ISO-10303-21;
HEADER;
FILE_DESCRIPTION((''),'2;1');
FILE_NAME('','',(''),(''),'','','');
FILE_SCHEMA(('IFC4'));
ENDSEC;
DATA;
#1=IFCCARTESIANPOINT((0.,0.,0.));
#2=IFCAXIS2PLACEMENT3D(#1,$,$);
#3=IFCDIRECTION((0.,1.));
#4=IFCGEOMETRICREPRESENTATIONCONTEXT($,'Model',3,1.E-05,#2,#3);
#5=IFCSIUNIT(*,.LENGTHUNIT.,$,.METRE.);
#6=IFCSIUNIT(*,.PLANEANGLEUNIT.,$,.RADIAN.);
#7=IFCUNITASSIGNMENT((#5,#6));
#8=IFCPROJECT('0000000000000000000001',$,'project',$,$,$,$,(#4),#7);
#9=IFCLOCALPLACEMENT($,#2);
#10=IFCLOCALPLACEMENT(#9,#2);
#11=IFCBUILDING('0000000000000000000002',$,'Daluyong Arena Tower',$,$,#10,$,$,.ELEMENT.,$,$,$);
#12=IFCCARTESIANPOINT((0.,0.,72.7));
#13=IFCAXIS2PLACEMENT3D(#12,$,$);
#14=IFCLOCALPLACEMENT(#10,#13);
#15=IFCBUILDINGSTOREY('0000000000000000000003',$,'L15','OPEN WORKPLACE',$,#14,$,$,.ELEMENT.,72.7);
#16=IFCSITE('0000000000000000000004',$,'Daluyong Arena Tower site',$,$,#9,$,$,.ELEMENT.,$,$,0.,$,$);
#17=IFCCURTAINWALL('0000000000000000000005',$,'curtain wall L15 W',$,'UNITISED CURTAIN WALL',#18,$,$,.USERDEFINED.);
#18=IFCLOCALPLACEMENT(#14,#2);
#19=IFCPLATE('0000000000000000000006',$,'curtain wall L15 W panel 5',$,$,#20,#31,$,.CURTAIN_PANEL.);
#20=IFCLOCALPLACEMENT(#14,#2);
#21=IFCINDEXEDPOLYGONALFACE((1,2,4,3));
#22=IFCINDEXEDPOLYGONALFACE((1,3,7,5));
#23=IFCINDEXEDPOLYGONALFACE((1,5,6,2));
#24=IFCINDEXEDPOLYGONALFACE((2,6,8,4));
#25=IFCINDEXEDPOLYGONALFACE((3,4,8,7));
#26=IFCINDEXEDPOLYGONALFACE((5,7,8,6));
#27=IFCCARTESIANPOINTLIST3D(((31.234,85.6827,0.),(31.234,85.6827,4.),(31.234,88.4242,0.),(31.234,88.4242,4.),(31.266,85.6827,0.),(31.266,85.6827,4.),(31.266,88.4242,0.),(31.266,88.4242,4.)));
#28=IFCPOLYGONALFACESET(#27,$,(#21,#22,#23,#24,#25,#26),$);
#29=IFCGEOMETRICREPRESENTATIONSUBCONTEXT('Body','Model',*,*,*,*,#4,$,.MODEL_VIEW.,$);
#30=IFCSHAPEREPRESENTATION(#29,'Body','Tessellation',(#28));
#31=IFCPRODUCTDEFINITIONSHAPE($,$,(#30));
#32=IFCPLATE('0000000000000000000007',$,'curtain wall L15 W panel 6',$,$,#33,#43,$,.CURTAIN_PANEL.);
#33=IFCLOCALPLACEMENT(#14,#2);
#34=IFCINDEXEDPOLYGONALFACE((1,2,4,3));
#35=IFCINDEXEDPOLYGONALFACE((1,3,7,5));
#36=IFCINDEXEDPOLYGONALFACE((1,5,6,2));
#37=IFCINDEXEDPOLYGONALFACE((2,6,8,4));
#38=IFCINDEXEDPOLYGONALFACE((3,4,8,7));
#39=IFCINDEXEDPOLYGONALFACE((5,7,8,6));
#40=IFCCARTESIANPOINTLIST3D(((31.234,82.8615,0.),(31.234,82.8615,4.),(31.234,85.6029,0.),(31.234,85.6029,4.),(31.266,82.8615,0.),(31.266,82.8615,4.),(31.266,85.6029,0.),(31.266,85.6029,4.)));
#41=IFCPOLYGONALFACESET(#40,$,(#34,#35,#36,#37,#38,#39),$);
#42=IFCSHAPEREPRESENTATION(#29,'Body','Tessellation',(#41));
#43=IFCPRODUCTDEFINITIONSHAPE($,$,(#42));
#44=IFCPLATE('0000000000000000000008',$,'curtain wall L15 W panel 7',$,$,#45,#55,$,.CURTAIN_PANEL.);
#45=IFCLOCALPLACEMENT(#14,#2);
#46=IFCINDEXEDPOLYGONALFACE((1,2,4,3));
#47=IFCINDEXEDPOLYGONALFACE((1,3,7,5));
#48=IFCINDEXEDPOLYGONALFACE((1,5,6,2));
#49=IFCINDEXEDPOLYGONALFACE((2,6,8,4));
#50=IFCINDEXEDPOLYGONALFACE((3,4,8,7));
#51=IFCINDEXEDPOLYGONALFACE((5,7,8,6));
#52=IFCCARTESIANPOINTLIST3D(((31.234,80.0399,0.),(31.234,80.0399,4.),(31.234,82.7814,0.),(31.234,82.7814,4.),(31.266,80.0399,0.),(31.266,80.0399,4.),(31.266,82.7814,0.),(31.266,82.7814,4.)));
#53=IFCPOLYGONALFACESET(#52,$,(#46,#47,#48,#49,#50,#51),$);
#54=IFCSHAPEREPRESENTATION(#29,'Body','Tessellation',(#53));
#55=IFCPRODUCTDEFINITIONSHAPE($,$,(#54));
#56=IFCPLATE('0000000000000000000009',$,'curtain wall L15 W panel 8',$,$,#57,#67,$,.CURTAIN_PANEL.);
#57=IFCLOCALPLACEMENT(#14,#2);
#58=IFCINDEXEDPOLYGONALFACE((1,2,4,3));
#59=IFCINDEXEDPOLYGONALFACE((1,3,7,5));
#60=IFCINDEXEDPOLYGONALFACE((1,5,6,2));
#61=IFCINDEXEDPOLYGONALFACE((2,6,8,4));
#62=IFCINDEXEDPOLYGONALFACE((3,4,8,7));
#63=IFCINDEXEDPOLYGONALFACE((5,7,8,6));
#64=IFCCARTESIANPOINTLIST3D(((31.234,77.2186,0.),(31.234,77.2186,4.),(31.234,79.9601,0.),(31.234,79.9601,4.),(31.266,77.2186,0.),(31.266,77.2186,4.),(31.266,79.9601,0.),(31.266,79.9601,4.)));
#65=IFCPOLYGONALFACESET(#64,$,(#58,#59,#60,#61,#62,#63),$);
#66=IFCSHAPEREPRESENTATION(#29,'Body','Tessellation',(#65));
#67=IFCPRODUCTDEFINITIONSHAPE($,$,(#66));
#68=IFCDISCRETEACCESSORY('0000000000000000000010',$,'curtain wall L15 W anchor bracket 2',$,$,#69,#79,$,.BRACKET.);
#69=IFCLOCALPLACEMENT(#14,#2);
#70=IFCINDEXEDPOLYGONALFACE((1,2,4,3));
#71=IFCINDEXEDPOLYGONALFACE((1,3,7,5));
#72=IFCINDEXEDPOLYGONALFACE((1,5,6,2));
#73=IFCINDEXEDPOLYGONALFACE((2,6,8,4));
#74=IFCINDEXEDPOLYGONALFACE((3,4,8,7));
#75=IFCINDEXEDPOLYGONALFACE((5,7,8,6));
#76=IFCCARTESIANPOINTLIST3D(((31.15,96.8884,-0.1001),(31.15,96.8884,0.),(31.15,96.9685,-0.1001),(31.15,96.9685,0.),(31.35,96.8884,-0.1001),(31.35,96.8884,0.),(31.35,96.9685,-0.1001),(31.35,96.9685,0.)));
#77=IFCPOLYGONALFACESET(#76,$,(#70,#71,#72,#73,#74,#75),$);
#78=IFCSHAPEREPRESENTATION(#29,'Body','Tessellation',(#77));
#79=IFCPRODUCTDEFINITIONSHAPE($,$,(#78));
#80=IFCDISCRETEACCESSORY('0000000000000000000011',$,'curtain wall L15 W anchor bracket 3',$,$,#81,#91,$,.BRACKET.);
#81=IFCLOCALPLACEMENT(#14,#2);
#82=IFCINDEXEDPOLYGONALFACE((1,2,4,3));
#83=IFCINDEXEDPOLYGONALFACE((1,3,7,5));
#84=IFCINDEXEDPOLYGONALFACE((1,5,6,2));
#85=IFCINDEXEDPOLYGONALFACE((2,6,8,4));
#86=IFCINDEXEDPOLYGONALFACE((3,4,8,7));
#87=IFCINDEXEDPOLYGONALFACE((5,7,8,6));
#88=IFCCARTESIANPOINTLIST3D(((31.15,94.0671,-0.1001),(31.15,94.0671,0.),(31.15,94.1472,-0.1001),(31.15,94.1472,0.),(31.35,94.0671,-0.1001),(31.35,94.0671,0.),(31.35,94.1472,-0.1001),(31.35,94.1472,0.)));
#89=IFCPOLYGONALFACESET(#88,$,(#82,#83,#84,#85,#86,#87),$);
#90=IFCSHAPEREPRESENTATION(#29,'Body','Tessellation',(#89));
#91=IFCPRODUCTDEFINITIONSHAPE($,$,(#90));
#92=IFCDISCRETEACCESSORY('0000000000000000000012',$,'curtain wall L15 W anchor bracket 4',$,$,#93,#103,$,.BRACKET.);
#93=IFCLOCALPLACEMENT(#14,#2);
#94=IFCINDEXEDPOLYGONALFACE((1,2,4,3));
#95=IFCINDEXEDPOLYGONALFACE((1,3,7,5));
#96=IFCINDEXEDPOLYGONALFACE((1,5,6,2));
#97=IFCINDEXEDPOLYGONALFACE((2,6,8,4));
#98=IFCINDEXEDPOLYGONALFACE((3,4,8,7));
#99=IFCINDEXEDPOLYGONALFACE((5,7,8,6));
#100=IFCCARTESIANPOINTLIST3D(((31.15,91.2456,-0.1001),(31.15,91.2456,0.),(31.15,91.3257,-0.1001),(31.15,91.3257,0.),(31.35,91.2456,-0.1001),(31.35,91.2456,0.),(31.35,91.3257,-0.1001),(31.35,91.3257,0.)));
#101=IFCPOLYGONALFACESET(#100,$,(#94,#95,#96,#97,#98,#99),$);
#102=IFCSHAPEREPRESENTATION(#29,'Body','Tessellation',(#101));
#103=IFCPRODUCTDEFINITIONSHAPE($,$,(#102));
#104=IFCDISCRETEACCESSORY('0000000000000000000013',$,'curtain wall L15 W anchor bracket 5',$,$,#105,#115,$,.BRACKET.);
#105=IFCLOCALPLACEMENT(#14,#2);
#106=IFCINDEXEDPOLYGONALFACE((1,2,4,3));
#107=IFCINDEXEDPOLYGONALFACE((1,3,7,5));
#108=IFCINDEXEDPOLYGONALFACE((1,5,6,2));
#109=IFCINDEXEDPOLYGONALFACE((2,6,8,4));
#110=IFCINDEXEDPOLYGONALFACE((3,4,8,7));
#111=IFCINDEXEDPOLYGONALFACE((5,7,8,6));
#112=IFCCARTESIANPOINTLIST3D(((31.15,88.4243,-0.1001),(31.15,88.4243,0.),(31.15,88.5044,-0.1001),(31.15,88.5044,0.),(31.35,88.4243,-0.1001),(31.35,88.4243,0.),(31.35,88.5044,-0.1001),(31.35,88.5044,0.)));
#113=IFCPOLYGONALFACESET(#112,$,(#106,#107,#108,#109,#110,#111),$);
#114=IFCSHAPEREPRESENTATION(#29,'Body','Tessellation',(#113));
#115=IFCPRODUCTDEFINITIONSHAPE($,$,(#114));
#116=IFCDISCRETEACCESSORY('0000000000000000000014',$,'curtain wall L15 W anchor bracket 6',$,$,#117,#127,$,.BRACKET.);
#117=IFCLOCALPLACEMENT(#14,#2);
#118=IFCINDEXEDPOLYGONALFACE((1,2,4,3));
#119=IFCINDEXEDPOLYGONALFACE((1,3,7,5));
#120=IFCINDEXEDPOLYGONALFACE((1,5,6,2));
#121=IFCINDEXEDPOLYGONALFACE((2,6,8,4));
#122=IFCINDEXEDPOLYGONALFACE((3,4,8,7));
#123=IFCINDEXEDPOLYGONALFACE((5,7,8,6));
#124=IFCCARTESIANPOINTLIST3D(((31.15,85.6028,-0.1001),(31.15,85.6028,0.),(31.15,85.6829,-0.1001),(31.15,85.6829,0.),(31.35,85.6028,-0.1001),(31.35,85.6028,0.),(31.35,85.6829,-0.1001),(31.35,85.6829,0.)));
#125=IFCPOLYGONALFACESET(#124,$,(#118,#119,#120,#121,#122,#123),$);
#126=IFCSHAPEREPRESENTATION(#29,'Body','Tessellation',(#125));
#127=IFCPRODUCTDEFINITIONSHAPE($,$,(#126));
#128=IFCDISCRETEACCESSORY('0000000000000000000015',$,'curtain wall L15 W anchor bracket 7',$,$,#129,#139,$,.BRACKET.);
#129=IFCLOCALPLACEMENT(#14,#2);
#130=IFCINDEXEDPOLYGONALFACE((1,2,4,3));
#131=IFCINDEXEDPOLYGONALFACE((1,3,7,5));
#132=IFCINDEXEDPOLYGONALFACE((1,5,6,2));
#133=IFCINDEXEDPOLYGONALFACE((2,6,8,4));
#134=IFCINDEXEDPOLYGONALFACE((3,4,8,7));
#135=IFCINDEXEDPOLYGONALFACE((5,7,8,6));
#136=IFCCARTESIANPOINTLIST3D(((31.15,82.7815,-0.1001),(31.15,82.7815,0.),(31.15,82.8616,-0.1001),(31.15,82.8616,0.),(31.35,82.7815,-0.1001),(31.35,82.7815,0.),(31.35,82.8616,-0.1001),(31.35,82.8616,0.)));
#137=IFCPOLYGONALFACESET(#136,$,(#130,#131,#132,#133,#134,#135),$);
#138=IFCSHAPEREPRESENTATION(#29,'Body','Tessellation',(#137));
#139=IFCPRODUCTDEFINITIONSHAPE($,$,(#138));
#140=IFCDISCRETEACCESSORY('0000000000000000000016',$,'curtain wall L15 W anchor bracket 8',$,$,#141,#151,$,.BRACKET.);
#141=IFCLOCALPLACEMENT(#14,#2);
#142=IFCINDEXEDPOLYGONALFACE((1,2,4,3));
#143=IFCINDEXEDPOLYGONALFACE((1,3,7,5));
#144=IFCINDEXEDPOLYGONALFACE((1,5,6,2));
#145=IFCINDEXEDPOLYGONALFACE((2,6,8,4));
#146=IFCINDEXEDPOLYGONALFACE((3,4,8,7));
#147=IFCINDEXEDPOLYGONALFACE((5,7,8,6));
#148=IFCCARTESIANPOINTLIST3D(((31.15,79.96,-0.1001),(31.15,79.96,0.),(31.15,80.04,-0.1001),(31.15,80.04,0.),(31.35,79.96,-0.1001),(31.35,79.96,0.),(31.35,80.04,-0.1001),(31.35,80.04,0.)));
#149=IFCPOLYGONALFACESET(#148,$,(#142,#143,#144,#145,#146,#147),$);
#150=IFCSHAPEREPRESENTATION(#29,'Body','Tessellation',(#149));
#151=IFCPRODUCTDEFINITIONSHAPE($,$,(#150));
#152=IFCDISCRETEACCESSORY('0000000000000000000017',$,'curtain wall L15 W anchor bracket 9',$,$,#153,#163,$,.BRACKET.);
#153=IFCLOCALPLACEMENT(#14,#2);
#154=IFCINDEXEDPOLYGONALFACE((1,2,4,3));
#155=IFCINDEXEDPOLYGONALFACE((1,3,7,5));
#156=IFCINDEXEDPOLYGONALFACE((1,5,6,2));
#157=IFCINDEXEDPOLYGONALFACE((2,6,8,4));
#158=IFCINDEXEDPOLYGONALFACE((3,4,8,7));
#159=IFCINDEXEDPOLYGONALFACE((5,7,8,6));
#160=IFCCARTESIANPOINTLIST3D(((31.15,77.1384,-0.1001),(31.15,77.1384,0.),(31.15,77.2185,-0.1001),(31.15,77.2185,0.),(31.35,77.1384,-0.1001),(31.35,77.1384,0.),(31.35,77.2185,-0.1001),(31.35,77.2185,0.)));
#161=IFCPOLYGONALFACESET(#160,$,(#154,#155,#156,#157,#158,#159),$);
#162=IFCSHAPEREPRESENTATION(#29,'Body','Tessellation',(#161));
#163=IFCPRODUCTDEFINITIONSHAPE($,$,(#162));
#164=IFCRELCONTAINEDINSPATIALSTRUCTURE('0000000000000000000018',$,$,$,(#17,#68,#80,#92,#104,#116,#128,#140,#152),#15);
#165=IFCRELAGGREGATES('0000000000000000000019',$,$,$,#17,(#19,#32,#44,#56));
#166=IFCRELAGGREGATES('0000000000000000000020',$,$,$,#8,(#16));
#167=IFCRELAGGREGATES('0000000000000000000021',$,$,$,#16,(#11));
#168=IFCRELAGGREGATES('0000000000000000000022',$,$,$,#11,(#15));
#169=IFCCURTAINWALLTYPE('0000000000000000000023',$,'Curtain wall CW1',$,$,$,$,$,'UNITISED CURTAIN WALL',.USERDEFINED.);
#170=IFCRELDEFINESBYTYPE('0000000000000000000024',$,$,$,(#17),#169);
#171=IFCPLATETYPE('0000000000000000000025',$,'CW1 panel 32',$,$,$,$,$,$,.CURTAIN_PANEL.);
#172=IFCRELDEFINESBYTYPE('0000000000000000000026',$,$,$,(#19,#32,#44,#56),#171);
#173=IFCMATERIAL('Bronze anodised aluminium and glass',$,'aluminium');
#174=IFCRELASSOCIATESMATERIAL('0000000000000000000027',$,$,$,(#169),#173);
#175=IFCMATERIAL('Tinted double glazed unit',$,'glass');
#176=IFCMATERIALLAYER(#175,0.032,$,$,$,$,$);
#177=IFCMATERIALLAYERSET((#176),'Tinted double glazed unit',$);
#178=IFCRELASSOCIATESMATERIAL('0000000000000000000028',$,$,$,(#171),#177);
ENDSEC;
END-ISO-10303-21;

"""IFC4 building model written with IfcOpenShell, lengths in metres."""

from ifc_helpers import new_model, si_unit, direction, frame, origin, origin_2d, place, context, subcontext, project, spatial, rectangle, extrude, material, layer, layer_set, type_object, element, aggregate, save


model = new_model("IFC4")

# Units and contexts
model_context = context("Model", 3, precision=1e-05, world=origin(), true_north=direction((0.0, 1.0)))
body_context = subcontext(model_context, "Body", "Model", "MODEL_VIEW")
ifc_project = project(units=[si_unit("LENGTHUNIT", "METRE"), si_unit("PLANEANGLEUNIT", "RADIAN")], contexts=[model_context])

# Site, building, storey
site_placement = place(None, origin())
site = spatial("IfcSite", under=ifc_project, at=site_placement, Name="Daluyong Arena Tower site", CompositionType="ELEMENT", RefElevation=0.0)
building_placement = place(site_placement, origin())
building = spatial("IfcBuilding", under=site, at=building_placement, Name="Daluyong Arena Tower", CompositionType="ELEMENT")
storey_placement = place(building_placement, frame((0.0, 0.0, 72.7)))
storey = spatial("IfcBuildingStorey", under=building, at=storey_placement, Name="L15", Description="OPEN WORKPLACE", CompositionType="ELEMENT", Elevation=72.7)

# Curtain wall
ifc_material_1 = material(Name="Bronze anodised aluminium and glass", Category="aluminium")
curtain_wall_type = type_object("IfcCurtainWallType", Name="Curtain wall CW1", ElementType="UNITISED CURTAIN WALL", PredefinedType="USERDEFINED", material=ifc_material_1)
curtain_wall_placement = place(storey_placement, origin())
curtain_wall = element("IfcCurtainWall", 1, at=curtain_wall_placement, inside=storey, type_object=curtain_wall_type, Name="curtain wall L15 W", ObjectType="UNITISED CURTAIN WALL", PredefinedType="USERDEFINED")

# Plates
ifc_material_2 = material(Name="Tinted double glazed unit", Category="glass")
ifc_layer = layer(ifc_material_2, 0.032)
ifc_layer_set = layer_set([ifc_layer], Name="Tinted double glazed unit")
plate_type = type_object("IfcPlateType", Name="CW1 panel 32", PredefinedType="CURTAIN_PANEL", material=ifc_layer_set)
plate_1_placement = place(storey_placement, frame((31.25, 87.0535, 0.0), z_axis=(0.0, 0.0, 1.0), x_axis=(0.0, -1.0, 0.0)))
plate_1 = element("IfcPlate", 2, at=plate_1_placement, type_object=plate_type, Name="curtain wall L15 W panel 5", PredefinedType="CURTAIN_PANEL", context=body_context, shape_type="SweptSolid", body=[
    extrude(rectangle(XDim=2.7415, YDim=0.032, at=origin_2d()), origin(), (0.0, 0.0, 1.0), 4.0),
])
plate_2_placement = place(storey_placement, frame((31.25, 84.2322, 0.0), z_axis=(0.0, 0.0, 1.0), x_axis=(0.0, -1.0, 0.0)))
plate_2 = element("IfcPlate", 3, at=plate_2_placement, type_object=plate_type, Name="curtain wall L15 W panel 6", PredefinedType="CURTAIN_PANEL", context=body_context, shape_type="SweptSolid", body=[
    extrude(rectangle(XDim=2.7415, YDim=0.032, at=origin_2d()), origin(), (0.0, 0.0, 1.0), 4.0),
])
plate_3_placement = place(storey_placement, frame((31.25, 81.4106, 0.0), z_axis=(0.0, 0.0, 1.0), x_axis=(0.0, -1.0, 0.0)))
plate_3 = element("IfcPlate", 4, at=plate_3_placement, type_object=plate_type, Name="curtain wall L15 W panel 7", PredefinedType="CURTAIN_PANEL", context=body_context, shape_type="SweptSolid", body=[
    extrude(rectangle(XDim=2.7415, YDim=0.032, at=origin_2d()), origin(), (0.0, 0.0, 1.0), 4.0),
])
plate_4_placement = place(storey_placement, frame((31.25, 78.5894, 0.0), z_axis=(0.0, 0.0, 1.0), x_axis=(0.0, -1.0, 0.0)))
plate_4 = element("IfcPlate", 5, at=plate_4_placement, type_object=plate_type, Name="curtain wall L15 W panel 8", PredefinedType="CURTAIN_PANEL", context=body_context, shape_type="SweptSolid", body=[
    extrude(rectangle(XDim=2.7415, YDim=0.032, at=origin_2d()), origin(), (0.0, 0.0, 1.0), 4.0),
])
aggregate(curtain_wall, [plate_1, plate_2, plate_3, plate_4])

# Discrete accessories
for number, where, z_axis, x_axis, name in (
    (6, (31.25, 96.9285, -0.1001), (0.0, 0.0, 1.0), (0.0, -1.0, 0.0), "curtain wall L15 W anchor bracket 2"),
    (7, (31.25, 94.1072, -0.1001), (0.0, 0.0, 1.0), (0.0, -1.0, 0.0), "curtain wall L15 W anchor bracket 3"),
    (8, (31.25, 91.2856, -0.1001), (0.0, 0.0, 1.0), (0.0, -1.0, 0.0), "curtain wall L15 W anchor bracket 4"),
    (9, (31.25, 88.4644, -0.1001), (0.0, 0.0, 1.0), (0.0, -1.0, 0.0), "curtain wall L15 W anchor bracket 5"),
    (10, (31.25, 85.6428, -0.1001), (0.0, 0.0, 1.0), (0.0, -1.0, 0.0), "curtain wall L15 W anchor bracket 6"),
    (11, (31.25, 82.8215, -0.1001), (0.0, 0.0, 1.0), (0.0, -1.0, 0.0), "curtain wall L15 W anchor bracket 7"),
    (12, (31.25, 80.0, -0.1001), (0.0, 0.0, 1.0), (0.0, -1.0, 0.0), "curtain wall L15 W anchor bracket 8"),
    (13, (31.25, 77.1785, -0.1001), (0.0, 0.0, 1.0), (0.0, -1.0, 0.0), "curtain wall L15 W anchor bracket 9"),
):
    element("IfcDiscreteAccessory", number, at=place(storey_placement, frame(where, z_axis=z_axis, x_axis=x_axis)), inside=storey, Name=name, PredefinedType="BRACKET", context=body_context, shape_type="SweptSolid", body=[
        extrude(rectangle(XDim=0.0801, YDim=0.2, at=origin_2d()), origin(), (0.0, 0.0, 1.0), 0.1001),
    ])

save(model, "model.ifc")
